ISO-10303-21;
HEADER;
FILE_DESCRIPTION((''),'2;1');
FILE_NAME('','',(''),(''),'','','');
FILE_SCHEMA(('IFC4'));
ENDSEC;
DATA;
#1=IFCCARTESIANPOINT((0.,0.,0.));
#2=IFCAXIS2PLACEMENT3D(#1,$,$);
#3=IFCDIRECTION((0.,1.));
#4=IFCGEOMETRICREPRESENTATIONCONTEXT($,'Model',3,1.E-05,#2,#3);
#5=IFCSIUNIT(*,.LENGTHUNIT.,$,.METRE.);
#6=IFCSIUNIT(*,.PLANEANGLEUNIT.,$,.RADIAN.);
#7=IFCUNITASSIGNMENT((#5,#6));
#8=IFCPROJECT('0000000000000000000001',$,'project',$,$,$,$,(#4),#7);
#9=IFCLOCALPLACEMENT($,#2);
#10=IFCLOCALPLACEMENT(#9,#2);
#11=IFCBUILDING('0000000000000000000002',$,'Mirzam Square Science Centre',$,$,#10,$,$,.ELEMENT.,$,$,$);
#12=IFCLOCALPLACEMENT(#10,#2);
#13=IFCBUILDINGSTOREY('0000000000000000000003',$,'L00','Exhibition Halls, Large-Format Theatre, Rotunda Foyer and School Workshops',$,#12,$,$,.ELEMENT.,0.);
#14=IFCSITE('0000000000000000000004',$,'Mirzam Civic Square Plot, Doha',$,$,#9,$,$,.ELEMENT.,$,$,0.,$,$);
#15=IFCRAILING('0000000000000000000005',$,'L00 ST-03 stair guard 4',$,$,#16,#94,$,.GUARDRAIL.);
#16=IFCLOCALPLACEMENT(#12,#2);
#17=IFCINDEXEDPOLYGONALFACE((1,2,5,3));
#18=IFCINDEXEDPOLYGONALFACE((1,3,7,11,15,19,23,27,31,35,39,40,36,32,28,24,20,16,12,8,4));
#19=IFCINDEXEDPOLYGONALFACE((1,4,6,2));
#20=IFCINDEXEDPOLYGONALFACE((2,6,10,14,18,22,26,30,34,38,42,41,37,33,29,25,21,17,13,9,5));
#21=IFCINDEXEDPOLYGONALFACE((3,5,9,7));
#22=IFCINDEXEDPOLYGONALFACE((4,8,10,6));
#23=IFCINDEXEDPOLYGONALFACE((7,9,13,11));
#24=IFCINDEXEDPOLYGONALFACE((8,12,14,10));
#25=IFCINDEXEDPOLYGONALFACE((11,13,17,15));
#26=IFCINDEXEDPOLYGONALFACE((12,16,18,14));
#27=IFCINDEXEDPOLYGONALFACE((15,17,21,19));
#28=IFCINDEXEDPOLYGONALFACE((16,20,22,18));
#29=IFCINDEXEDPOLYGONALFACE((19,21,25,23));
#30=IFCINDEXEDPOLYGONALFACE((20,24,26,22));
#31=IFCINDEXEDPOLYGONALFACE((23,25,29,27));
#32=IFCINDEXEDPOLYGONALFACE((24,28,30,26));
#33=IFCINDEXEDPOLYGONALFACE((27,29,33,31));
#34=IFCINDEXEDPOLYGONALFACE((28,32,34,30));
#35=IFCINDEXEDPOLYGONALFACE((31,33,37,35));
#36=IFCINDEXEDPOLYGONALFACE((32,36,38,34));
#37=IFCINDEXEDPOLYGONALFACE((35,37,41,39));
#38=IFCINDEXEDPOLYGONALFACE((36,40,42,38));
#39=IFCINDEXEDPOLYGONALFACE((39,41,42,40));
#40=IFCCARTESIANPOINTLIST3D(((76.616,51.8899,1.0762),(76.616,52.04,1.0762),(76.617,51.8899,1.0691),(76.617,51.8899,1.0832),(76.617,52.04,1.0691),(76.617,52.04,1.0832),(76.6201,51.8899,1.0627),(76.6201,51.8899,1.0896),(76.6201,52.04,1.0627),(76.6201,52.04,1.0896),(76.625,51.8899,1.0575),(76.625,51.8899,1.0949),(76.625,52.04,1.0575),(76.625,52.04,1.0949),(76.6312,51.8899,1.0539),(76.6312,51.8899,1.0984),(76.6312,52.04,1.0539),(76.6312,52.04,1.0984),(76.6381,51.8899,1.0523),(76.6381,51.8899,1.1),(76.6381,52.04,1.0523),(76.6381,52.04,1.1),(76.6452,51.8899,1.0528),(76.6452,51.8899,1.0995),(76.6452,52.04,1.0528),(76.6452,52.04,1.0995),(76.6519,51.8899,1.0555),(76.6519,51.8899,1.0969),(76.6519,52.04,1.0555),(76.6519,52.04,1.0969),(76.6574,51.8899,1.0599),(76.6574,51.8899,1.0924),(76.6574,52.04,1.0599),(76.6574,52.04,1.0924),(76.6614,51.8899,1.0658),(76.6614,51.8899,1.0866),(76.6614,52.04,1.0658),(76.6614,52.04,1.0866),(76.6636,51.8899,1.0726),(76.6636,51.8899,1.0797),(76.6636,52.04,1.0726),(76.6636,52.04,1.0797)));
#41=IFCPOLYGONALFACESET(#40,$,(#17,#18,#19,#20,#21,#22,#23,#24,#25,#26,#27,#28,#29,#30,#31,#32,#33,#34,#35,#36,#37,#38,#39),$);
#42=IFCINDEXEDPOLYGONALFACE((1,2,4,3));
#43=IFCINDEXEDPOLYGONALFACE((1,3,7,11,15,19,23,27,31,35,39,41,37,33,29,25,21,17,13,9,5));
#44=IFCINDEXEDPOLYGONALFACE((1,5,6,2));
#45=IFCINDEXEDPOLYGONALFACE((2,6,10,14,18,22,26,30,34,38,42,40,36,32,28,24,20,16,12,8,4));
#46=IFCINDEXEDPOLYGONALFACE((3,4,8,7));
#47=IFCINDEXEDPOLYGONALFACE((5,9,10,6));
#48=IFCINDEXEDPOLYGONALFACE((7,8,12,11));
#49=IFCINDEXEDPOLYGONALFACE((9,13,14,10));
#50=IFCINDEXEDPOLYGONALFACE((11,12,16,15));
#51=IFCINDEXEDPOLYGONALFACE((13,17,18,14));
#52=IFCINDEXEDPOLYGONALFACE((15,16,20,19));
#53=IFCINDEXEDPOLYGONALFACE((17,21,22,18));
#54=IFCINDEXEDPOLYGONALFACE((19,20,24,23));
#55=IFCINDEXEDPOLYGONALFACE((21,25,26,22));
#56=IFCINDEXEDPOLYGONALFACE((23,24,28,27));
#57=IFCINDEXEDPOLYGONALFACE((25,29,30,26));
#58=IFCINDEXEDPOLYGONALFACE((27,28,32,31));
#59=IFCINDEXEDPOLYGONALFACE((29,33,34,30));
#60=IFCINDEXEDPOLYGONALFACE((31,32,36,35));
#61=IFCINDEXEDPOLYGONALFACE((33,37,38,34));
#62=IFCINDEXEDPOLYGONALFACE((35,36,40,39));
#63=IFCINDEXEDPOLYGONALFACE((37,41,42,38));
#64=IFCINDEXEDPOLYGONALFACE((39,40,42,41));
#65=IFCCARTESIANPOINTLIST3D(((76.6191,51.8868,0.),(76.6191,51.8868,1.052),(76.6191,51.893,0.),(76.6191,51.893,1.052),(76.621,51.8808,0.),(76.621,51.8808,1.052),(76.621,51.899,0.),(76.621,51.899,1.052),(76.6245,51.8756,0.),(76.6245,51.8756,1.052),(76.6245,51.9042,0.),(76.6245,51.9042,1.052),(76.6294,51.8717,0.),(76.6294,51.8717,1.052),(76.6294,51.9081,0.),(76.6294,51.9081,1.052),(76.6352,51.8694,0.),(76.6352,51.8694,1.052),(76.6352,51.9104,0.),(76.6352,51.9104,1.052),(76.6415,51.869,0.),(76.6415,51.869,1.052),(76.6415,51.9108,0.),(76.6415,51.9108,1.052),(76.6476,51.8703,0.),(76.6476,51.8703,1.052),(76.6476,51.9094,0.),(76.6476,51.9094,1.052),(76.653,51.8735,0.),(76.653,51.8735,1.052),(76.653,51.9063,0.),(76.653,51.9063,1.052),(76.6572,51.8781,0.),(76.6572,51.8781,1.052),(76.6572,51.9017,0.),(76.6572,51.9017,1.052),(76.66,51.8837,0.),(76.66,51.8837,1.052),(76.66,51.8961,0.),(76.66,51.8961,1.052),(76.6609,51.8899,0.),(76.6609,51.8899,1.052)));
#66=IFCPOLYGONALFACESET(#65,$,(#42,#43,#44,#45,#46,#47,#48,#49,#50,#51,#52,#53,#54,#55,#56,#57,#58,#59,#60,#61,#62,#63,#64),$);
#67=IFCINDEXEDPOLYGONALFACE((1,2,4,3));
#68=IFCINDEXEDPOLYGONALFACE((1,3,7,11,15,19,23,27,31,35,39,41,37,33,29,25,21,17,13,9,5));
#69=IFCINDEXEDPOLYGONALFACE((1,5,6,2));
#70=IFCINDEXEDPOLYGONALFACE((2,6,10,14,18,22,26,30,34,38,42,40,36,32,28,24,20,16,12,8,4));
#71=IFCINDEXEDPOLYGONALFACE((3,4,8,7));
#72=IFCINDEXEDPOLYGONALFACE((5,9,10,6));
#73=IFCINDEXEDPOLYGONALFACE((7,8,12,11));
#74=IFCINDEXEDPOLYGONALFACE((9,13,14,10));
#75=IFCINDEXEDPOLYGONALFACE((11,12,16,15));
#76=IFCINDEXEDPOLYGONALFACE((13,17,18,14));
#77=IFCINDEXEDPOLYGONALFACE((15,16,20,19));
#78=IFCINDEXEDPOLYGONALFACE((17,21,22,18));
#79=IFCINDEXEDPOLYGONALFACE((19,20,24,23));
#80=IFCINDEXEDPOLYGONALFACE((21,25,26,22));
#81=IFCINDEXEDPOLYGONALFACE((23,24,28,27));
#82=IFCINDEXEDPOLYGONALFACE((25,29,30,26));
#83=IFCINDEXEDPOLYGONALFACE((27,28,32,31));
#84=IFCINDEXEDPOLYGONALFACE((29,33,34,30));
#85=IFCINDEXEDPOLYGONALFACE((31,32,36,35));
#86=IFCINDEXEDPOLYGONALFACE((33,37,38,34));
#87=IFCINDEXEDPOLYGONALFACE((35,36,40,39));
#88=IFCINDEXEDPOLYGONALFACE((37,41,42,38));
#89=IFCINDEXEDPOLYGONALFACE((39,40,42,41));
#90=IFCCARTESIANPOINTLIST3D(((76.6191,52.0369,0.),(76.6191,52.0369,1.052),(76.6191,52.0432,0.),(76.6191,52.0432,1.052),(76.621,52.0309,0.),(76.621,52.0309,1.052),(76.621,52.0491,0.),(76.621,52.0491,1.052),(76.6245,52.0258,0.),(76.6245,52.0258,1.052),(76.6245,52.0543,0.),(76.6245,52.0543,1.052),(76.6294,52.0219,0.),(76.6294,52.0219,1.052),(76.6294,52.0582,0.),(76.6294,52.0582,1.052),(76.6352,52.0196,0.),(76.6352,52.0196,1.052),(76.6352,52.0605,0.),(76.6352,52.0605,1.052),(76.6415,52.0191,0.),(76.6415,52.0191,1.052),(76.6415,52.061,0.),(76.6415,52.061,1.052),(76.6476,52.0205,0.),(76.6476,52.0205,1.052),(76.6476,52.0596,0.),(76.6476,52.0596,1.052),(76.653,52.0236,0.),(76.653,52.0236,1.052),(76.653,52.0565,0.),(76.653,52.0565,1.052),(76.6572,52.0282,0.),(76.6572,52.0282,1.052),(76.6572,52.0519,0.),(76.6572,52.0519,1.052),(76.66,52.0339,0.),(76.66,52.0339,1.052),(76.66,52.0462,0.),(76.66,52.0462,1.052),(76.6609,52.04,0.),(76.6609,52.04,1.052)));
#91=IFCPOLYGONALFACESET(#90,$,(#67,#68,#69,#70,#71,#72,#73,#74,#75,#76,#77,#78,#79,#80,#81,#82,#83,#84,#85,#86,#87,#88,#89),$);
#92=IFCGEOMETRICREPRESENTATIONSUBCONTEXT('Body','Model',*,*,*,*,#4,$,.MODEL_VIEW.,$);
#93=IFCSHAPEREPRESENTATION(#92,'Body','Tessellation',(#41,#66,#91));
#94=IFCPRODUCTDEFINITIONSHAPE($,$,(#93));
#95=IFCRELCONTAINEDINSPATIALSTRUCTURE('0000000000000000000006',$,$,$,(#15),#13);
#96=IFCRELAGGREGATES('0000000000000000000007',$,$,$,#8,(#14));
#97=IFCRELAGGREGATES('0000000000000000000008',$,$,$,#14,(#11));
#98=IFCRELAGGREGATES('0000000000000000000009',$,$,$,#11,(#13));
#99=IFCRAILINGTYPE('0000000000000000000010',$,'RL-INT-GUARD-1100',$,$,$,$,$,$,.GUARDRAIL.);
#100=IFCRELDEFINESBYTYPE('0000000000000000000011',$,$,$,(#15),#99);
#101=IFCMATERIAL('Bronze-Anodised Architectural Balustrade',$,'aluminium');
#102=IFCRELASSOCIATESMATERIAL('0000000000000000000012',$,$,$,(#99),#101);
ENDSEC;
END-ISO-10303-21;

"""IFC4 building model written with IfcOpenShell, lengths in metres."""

from ifc_helpers import new_model, si_unit, direction, frame, origin, origin_2d, place, context, subcontext, project, spatial, circle, extrude, material, type_object, element, save


model = new_model("IFC4")

# Units and contexts
model_context = context("Model", 3, precision=1e-05, world=origin(), true_north=direction((0.0, 1.0)))
body_context = subcontext(model_context, "Body", "Model", "MODEL_VIEW")
ifc_project = project(units=[si_unit("LENGTHUNIT", "METRE"), si_unit("PLANEANGLEUNIT", "RADIAN")], contexts=[model_context])

# Site, building, storey
site_placement = place(None, origin())
site = spatial("IfcSite", under=ifc_project, at=site_placement, Name="Mirzam Civic Square Plot, Doha", CompositionType="ELEMENT", RefElevation=0.0)
building_placement = place(site_placement, origin())
building = spatial("IfcBuilding", under=site, at=building_placement, Name="Mirzam Square Science Centre", CompositionType="ELEMENT")
storey_placement = place(building_placement, origin())
storey = spatial("IfcBuildingStorey", under=building, at=storey_placement, Name="L00", Description="Exhibition Halls, Large-Format Theatre, Rotunda Foyer and School Workshops", CompositionType="ELEMENT", Elevation=0.0)

# Railing
ifc_material_1 = material(Name="Bronze-Anodised Architectural Balustrade", Category="aluminium")
railing_type_1 = type_object("IfcRailingType", Name="RL-INT-GUARD-1100", PredefinedType="GUARDRAIL", material=ifc_material_1)
railing_1_placement = place(storey_placement, frame((76.6399, 51.8899, 0.0)))
element("IfcRailing", 1, at=railing_1_placement, inside=storey, type_object=railing_type_1, Name="L00 ST-03 stair guard 4", PredefinedType="GUARDRAIL", context=body_context, shape_type="SweptSolid", body=[
    extrude(circle(Radius=0.0239, at=origin_2d()), frame((0.0, 0.0, 1.0762), z_axis=(0.0, 1.0, 0.0), x_axis=(-1.0, 0.0, 0.0)), (0.0, 0.0, 1.0), 0.1501),
    extrude(circle(Radius=0.021, at=origin_2d()), origin(), (0.0, 0.0, 1.0), 1.052),
    extrude(circle(Radius=0.021, at=origin_2d()), frame((0.0, 0.1501, 0.0)), (0.0, 0.0, 1.0), 1.052),
])

save(model, "model.ifc")
